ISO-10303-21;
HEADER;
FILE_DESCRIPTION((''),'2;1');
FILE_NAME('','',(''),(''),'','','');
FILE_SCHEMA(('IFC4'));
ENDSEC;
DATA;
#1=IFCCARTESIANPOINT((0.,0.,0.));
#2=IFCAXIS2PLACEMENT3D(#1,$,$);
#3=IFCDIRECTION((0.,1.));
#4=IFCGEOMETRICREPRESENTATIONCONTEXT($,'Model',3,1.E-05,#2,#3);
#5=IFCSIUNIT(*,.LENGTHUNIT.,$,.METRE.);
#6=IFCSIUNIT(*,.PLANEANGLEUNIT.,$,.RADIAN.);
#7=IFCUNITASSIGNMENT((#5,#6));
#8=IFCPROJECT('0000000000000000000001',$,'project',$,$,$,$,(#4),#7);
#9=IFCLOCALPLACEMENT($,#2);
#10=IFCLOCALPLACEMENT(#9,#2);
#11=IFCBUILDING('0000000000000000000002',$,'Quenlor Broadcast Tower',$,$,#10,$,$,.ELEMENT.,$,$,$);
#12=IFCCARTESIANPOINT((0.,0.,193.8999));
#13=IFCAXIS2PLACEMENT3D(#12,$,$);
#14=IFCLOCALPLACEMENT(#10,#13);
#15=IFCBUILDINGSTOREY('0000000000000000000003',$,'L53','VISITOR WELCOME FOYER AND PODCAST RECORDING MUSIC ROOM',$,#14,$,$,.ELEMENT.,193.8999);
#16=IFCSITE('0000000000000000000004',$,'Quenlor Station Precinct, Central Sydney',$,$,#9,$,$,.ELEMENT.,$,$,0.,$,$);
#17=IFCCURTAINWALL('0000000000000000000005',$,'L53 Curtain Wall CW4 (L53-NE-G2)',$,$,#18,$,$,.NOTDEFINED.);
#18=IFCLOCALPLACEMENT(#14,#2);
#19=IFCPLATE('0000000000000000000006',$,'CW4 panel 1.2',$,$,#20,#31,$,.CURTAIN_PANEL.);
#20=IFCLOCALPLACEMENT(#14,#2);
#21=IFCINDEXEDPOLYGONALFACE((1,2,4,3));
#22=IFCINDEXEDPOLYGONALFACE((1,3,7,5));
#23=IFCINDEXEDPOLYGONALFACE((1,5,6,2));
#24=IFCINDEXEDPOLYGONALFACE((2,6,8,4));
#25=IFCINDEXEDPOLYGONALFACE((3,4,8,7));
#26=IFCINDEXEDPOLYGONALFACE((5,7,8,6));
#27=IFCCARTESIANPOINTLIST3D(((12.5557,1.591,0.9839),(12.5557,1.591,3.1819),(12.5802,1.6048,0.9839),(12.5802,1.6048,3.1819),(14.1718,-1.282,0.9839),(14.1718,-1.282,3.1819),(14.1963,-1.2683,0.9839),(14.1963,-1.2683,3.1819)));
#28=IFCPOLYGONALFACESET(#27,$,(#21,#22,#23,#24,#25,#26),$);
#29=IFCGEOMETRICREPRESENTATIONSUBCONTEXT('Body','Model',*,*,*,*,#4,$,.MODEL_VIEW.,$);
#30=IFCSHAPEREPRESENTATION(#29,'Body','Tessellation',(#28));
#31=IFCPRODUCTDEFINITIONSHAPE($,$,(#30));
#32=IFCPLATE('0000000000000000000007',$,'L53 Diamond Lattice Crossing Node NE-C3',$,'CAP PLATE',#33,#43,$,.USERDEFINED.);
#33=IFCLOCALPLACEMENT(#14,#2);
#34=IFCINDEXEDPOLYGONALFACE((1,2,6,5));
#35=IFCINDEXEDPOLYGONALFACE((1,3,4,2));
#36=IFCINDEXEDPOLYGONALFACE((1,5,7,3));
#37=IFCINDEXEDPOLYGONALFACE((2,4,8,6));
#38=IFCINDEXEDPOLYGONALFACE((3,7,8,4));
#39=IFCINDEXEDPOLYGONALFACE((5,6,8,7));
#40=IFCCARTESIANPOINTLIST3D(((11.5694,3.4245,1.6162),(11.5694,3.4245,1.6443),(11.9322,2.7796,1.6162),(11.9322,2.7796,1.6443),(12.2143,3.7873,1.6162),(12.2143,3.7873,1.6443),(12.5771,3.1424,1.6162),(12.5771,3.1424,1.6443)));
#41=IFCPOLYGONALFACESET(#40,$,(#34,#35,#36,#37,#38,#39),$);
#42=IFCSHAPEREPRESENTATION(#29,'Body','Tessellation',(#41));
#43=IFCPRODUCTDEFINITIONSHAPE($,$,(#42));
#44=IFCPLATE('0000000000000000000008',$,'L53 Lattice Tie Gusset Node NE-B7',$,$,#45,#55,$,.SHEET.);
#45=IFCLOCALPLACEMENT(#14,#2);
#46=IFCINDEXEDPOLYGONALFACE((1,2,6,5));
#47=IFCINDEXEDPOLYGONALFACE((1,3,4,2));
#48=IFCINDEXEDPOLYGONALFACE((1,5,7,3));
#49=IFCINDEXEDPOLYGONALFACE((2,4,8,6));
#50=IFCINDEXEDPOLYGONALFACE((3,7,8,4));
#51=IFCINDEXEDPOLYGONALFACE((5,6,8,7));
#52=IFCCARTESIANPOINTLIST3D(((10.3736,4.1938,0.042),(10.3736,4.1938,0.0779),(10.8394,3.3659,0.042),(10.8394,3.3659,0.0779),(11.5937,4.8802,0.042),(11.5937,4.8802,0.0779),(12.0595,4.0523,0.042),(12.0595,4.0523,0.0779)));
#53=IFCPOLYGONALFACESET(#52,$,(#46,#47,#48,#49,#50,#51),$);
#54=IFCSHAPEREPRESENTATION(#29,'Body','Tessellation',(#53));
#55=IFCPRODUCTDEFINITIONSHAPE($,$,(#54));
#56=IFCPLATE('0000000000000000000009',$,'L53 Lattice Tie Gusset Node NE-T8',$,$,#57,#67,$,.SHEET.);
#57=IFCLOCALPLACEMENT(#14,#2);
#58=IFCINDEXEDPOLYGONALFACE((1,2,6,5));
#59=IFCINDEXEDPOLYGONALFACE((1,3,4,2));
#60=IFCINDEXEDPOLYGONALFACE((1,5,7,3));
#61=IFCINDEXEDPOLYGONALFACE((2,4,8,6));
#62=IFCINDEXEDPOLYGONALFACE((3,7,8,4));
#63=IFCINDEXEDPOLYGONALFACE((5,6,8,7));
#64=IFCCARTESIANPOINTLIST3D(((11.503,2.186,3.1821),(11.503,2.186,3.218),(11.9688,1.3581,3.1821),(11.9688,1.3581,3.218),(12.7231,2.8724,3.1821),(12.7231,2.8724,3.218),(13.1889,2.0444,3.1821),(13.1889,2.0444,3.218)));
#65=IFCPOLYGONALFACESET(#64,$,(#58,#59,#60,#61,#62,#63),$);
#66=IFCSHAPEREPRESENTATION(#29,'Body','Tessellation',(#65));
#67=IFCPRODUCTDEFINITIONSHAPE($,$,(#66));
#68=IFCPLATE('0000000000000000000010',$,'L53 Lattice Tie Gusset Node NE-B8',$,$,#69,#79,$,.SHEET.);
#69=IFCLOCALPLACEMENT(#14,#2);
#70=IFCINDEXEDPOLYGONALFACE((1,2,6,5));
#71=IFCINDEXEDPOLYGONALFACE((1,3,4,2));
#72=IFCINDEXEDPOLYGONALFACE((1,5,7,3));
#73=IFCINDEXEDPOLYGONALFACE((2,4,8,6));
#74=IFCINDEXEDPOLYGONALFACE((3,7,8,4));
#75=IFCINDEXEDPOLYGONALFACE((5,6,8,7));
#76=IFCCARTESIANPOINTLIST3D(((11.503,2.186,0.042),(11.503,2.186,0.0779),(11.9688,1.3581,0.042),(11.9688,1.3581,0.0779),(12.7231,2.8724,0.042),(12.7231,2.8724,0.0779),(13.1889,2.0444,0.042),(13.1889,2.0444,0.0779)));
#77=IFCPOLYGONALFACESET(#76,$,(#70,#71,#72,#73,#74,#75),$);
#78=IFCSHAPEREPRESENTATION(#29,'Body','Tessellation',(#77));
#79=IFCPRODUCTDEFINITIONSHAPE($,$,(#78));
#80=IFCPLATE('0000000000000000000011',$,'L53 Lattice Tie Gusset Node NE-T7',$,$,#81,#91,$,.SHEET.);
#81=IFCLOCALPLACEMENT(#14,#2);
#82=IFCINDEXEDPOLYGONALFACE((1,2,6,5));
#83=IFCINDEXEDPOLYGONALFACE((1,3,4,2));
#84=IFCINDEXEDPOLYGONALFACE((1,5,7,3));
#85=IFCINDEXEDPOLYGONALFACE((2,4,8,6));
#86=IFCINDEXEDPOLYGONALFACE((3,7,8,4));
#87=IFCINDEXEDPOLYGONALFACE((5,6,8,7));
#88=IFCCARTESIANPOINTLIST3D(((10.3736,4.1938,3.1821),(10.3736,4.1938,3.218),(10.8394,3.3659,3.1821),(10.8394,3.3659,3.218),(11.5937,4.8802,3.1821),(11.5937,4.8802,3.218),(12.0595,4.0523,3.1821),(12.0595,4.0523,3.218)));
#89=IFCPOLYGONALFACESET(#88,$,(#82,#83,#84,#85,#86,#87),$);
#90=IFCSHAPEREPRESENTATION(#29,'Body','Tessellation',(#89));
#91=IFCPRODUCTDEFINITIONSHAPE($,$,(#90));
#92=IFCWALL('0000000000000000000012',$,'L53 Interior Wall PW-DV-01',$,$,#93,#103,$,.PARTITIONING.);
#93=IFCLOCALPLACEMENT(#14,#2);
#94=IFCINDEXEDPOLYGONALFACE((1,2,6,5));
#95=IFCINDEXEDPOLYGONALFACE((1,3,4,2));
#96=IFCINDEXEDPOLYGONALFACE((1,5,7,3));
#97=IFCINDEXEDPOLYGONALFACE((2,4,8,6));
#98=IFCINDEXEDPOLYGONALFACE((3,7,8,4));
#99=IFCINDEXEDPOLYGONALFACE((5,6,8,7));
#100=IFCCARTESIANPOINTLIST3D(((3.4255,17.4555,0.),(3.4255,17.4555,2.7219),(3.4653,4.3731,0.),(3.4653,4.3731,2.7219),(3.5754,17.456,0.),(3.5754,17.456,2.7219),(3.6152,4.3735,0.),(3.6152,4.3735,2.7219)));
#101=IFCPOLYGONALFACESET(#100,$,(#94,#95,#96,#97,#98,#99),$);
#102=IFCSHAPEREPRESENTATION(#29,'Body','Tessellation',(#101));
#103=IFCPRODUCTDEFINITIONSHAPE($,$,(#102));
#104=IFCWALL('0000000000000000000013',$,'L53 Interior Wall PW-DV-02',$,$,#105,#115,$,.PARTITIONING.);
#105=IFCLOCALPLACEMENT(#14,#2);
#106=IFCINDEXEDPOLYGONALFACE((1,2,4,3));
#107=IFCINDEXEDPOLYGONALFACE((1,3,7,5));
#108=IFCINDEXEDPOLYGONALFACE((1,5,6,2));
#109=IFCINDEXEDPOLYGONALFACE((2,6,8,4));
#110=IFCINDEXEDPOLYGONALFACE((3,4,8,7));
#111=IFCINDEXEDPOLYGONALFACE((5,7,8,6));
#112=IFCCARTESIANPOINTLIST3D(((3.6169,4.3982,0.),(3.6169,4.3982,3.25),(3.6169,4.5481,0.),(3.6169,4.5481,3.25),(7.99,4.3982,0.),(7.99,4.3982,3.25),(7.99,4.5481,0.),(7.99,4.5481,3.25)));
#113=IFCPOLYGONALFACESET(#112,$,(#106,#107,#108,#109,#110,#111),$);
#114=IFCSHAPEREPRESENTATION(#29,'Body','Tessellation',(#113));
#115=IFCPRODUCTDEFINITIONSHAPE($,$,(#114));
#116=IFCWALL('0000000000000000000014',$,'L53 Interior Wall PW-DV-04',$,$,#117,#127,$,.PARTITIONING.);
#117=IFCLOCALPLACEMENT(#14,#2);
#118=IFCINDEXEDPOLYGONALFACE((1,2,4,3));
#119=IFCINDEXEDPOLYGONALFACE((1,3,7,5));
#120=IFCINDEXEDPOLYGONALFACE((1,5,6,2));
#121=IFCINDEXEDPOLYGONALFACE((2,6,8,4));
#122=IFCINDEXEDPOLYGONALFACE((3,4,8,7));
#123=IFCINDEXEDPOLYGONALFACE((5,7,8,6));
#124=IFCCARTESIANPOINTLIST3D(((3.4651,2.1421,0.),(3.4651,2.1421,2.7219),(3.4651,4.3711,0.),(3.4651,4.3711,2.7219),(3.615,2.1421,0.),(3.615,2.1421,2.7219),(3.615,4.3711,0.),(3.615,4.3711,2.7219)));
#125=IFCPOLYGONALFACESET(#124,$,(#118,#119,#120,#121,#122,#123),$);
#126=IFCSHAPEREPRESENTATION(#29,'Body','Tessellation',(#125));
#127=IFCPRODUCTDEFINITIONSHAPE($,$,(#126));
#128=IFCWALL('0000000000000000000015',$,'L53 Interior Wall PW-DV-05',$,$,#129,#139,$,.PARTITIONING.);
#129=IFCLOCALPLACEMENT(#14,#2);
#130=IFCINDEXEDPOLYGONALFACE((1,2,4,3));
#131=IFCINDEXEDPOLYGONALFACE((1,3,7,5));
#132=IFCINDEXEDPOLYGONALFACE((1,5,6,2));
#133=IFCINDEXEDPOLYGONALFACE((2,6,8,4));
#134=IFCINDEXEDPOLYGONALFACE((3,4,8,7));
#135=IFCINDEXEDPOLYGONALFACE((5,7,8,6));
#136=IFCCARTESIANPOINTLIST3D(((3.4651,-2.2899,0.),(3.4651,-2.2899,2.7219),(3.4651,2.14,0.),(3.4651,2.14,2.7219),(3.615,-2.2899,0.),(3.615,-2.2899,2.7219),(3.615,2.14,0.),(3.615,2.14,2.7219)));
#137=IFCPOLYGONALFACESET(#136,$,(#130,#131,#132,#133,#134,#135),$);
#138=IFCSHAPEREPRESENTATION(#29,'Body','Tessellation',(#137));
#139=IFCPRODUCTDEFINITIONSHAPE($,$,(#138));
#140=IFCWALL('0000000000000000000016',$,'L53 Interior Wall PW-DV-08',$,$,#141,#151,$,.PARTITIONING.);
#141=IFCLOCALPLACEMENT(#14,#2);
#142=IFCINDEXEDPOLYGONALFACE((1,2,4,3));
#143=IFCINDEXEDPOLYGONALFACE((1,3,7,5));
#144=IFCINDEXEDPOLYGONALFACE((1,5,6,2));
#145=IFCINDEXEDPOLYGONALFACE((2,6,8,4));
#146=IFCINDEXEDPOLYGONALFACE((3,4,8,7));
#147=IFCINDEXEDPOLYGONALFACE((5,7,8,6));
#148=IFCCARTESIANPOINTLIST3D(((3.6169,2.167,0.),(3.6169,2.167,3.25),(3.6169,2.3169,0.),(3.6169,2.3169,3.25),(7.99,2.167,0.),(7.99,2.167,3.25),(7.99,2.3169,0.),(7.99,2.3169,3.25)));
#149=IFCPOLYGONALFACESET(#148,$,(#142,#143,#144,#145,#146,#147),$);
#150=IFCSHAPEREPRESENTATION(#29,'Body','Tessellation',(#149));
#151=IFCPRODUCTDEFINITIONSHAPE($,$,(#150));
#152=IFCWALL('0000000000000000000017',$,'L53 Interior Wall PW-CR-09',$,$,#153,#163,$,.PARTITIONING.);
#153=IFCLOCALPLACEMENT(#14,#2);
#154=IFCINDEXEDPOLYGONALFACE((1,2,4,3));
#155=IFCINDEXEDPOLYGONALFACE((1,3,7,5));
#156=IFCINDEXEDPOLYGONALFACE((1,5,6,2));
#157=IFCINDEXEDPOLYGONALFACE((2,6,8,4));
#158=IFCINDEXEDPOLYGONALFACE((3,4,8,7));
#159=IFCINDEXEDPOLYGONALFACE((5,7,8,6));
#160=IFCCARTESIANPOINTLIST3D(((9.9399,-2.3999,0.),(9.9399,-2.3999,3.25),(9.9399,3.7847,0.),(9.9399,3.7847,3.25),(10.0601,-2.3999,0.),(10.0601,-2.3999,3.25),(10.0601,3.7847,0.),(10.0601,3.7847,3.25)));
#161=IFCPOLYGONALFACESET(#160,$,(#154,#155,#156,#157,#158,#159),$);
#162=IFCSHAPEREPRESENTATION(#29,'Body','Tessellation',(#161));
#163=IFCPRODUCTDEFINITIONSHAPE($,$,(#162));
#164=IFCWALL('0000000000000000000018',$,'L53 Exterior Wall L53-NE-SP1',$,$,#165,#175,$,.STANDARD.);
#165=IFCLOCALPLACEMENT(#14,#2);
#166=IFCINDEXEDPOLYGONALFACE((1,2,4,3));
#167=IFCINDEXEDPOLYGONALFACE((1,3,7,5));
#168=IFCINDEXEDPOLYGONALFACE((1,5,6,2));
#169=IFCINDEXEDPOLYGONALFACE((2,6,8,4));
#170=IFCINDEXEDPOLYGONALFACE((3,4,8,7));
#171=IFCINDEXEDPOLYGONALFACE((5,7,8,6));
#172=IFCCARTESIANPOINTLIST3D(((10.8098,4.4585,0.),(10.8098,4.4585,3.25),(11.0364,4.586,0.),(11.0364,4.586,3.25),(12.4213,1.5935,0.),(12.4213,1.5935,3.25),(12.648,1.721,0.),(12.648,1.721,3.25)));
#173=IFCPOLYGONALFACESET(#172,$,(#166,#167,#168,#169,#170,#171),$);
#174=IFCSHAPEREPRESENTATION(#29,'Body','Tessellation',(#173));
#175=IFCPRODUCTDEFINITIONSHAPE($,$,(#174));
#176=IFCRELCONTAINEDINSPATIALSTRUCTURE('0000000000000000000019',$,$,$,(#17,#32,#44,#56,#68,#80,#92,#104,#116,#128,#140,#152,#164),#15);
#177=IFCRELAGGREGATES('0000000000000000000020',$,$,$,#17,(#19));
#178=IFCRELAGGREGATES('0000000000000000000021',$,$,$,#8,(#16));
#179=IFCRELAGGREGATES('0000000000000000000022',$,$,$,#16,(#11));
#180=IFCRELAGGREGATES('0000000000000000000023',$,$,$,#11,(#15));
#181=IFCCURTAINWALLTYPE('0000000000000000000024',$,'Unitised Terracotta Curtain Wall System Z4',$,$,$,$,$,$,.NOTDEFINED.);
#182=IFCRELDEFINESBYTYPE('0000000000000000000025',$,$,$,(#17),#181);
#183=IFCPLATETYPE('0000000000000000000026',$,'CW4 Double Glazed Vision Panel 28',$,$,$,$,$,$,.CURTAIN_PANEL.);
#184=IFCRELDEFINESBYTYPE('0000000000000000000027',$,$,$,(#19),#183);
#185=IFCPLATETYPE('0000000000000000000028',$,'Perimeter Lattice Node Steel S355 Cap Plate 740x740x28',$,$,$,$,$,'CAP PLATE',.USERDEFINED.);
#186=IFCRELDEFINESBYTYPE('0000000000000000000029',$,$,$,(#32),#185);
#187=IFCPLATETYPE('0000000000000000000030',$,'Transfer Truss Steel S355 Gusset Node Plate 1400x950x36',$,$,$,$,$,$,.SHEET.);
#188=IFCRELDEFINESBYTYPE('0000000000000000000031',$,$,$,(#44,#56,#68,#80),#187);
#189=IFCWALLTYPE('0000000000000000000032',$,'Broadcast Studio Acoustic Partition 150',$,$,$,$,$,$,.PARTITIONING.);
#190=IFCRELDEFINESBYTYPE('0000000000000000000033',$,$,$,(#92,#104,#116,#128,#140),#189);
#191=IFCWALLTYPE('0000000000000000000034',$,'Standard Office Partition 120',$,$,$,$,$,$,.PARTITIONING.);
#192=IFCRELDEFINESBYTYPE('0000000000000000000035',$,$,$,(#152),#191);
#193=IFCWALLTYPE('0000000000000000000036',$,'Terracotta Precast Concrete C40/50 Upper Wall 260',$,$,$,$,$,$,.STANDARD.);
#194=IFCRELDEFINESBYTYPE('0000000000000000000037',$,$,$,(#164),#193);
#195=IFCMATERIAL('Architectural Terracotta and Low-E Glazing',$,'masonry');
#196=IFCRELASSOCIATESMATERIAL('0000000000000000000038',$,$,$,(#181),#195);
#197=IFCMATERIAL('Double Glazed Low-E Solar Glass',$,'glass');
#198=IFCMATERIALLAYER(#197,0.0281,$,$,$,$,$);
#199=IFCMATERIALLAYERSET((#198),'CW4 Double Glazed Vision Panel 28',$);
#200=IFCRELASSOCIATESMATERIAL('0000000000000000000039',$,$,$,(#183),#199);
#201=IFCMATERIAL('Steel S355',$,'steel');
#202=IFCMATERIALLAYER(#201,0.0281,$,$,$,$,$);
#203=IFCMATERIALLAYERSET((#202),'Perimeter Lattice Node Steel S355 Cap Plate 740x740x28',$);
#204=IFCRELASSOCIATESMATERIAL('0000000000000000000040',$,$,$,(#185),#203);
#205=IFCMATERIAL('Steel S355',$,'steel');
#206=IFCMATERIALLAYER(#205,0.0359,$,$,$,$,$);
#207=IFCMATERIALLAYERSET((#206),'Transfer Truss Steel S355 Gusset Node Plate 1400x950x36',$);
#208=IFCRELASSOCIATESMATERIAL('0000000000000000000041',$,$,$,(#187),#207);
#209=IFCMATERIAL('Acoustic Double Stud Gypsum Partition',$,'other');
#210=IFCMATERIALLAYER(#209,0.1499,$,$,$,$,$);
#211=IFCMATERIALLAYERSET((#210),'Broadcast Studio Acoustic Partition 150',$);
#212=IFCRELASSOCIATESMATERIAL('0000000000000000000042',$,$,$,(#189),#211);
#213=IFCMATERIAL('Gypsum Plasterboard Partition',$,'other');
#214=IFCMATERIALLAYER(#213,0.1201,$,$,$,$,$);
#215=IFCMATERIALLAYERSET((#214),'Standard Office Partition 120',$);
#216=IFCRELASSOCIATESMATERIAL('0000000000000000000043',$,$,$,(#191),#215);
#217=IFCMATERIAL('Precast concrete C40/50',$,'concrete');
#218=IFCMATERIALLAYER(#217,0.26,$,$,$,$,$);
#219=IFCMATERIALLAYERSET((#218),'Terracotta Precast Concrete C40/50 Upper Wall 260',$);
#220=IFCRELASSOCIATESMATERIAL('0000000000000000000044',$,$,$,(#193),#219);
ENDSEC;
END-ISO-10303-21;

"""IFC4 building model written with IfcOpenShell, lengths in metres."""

from ifc_helpers import new_model, si_unit, direction, frame, frame_2d, origin, origin_2d, place, context, subcontext, project, spatial, rectangle, extrude, material, layer, layer_set, type_object, element, aggregate, save


model = new_model("IFC4")

# Units and contexts
model_context = context("Model", 3, precision=1e-05, world=origin(), true_north=direction((0.0, 1.0)))
body_context = subcontext(model_context, "Body", "Model", "MODEL_VIEW")
ifc_project = project(units=[si_unit("LENGTHUNIT", "METRE"), si_unit("PLANEANGLEUNIT", "RADIAN")], contexts=[model_context])

# Site, building, storey
site_placement = place(None, origin())
site = spatial("IfcSite", under=ifc_project, at=site_placement, Name="Quenlor Station Precinct, Central Sydney", CompositionType="ELEMENT", RefElevation=0.0)
building_placement = place(site_placement, origin())
building = spatial("IfcBuilding", under=site, at=building_placement, Name="Quenlor Broadcast Tower", CompositionType="ELEMENT")
storey_placement = place(building_placement, frame((0.0, 0.0, 193.8999)))
storey = spatial("IfcBuildingStorey", under=building, at=storey_placement, Name="L53", Description="VISITOR WELCOME FOYER AND PODCAST RECORDING MUSIC ROOM", CompositionType="ELEMENT", Elevation=193.8999)

# Shared definitions
ifc_material_1 = material(Name="Architectural Terracotta and Low-E Glazing", Category="masonry")
curtain_wall_type = type_object("IfcCurtainWallType", Name="Unitised Terracotta Curtain Wall System Z4", PredefinedType="NOTDEFINED", material=ifc_material_1)

# Curtain wall
curtain_wall_1_placement = place(storey_placement, origin())
curtain_wall_1 = element("IfcCurtainWall", 1, at=curtain_wall_1_placement, inside=storey, type_object=curtain_wall_type, Name="L53 Curtain Wall CW4 (L53-NE-G2)", PredefinedType="NOTDEFINED")

# Plate
ifc_material_2 = material(Name="Double Glazed Low-E Solar Glass", Category="glass")
ifc_layer_1 = layer(ifc_material_2, 0.0281)
ifc_layer_set_1 = layer_set([ifc_layer_1], Name="CW4 Double Glazed Vision Panel 28")
plate_type_1 = type_object("IfcPlateType", Name="CW4 Double Glazed Vision Panel 28", PredefinedType="CURTAIN_PANEL", material=ifc_layer_set_1)
plate_1_placement = place(storey_placement, frame((13.376, 0.1614, 0.9839), z_axis=(0.0, 0.0, 1.0), x_axis=(0.490257, -0.871578, 0.0)))
plate_1 = element("IfcPlate", 2, at=plate_1_placement, type_object=plate_type_1, Name="CW4 panel 1.2", PredefinedType="CURTAIN_PANEL", context=body_context, shape_type="SweptSolid", body=[
    extrude(rectangle(XDim=3.2964, YDim=0.0281, at=origin_2d()), origin(), (0.0, 0.0, 1.0), 2.198),
])
aggregate(curtain_wall_1, [plate_1])

# Plates
ifc_material_3 = material(Name="Steel S355", Category="steel")
ifc_layer_2 = layer(ifc_material_3, 0.0281)
ifc_layer_set_2 = layer_set([ifc_layer_2], Name="Perimeter Lattice Node Steel S355 Cap Plate 740x740x28")
plate_type_2 = type_object("IfcPlateType", Name="Perimeter Lattice Node Steel S355 Cap Plate 740x740x28", ElementType="CAP PLATE", PredefinedType="USERDEFINED", material=ifc_layer_set_2)
plate_2_placement = place(storey_placement, frame((12.0732, 3.2834, 1.6162), z_axis=(0.0, 0.0, 1.0), x_axis=(0.490295, -0.871556, 0.0)))
element("IfcPlate", 3, at=plate_2_placement, inside=storey, type_object=plate_type_2, Name="L53 Diamond Lattice Crossing Node NE-C3", ObjectType="CAP PLATE", PredefinedType="USERDEFINED", context=body_context, shape_type="SweptSolid", body=[
    extrude(rectangle(XDim=0.74, YDim=0.74, at=origin_2d()), origin(), (0.0, 0.0, 1.0), 0.0281),
])
ifc_material_4 = material(Name="Steel S355", Category="steel")
ifc_layer_3 = layer(ifc_material_4, 0.0359)
ifc_layer_set_3 = layer_set([ifc_layer_3], Name="Transfer Truss Steel S355 Gusset Node Plate 1400x950x36")
plate_type_3 = type_object("IfcPlateType", Name="Transfer Truss Steel S355 Gusset Node Plate 1400x950x36", PredefinedType="SHEET", material=ifc_layer_set_3)
for number, where, z_axis, x_axis, name in (
    (4, (11.2166, 4.123, 0.042), (0.0, 0.0, 1.0), (0.871556, 0.490295, 0.0), "L53 Lattice Tie Gusset Node NE-B7"),
    (5, (12.3459, 2.1152, 3.1821), (0.0, 0.0, 1.0), (0.871556, 0.490295, 0.0), "L53 Lattice Tie Gusset Node NE-T8"),
    (6, (12.3459, 2.1152, 0.042), (0.0, 0.0, 1.0), (0.871556, 0.490295, 0.0), "L53 Lattice Tie Gusset Node NE-B8"),
    (7, (11.2166, 4.123, 3.1821), (0.0, 0.0, 1.0), (0.871556, 0.490295, 0.0), "L53 Lattice Tie Gusset Node NE-T7"),
):
    element("IfcPlate", number, at=place(storey_placement, frame(where, z_axis=z_axis, x_axis=x_axis)), inside=storey, type_object=plate_type_3, Name=name, PredefinedType="SHEET", context=body_context, shape_type="SweptSolid", body=[
        extrude(rectangle(XDim=1.3999, YDim=0.95, at=origin_2d()), origin(), (0.0, 0.0, 1.0), 0.0359),
    ])

# Walls
ifc_material_5 = material(Name="Acoustic Double Stud Gypsum Partition", Category="other")
ifc_layer_4 = layer(ifc_material_5, 0.1499)
ifc_layer_set_4 = layer_set([ifc_layer_4], Name="Broadcast Studio Acoustic Partition 150")
wall_type_1 = type_object("IfcWallType", Name="Broadcast Studio Acoustic Partition 150", PredefinedType="PARTITIONING", material=ifc_layer_set_4)
wall_1_placement = place(storey_placement, frame((3.5403, 4.3733, 0.0), z_axis=(0.0, 0.0, 1.0), x_axis=(-0.003042, 0.999995, 0.0)))
element("IfcWall", 8, at=wall_1_placement, inside=storey, type_object=wall_type_1, Name="L53 Interior Wall PW-DV-01", PredefinedType="PARTITIONING", context=body_context, shape_type="SweptSolid", body=[
    extrude(rectangle(XDim=13.0825, YDim=0.1499, at=frame_2d((6.5413, 0.0))), origin(), (0.0, 0.0, 1.0), 2.7219),
])
wall_2_placement = place(storey_placement, frame((7.99, 4.4731, 0.0), z_axis=(0.0, 0.0, 1.0), x_axis=(-1.0, 0.0, 0.0)))
element("IfcWall", 9, at=wall_2_placement, inside=storey, type_object=wall_type_1, Name="L53 Interior Wall PW-DV-02", PredefinedType="PARTITIONING", context=body_context, shape_type="SweptSolid", body=[
    extrude(rectangle(XDim=4.373, YDim=0.1499, at=frame_2d((2.1865, 0.0))), origin(), (0.0, 0.0, 1.0), 3.25),
])
wall_3_placement = place(storey_placement, frame((3.54, 4.3711, 0.0), z_axis=(0.0, 0.0, 1.0), x_axis=(0.0, -1.0, 0.0)))
element("IfcWall", 10, at=wall_3_placement, inside=storey, type_object=wall_type_1, Name="L53 Interior Wall PW-DV-04", PredefinedType="PARTITIONING", context=body_context, shape_type="SweptSolid", body=[
    extrude(rectangle(XDim=2.229, YDim=0.1499, at=frame_2d((1.1145, 0.0))), origin(), (0.0, 0.0, 1.0), 2.7219),
])
wall_4_placement = place(storey_placement, frame((3.54, 2.1399, 0.0), z_axis=(0.0, 0.0, 1.0), x_axis=(0.0, -1.0, 0.0)))
element("IfcWall", 11, at=wall_4_placement, inside=storey, type_object=wall_type_1, Name="L53 Interior Wall PW-DV-05", PredefinedType="PARTITIONING", context=body_context, shape_type="SweptSolid", body=[
    extrude(rectangle(XDim=4.4299, YDim=0.1499, at=frame_2d((2.2148, 0.0))), origin(), (0.0, 0.0, 1.0), 2.7219),
])
wall_5_placement = place(storey_placement, frame((7.99, 2.2419, 0.0), z_axis=(0.0, 0.0, 1.0), x_axis=(-1.0, 0.0, 0.0)))
element("IfcWall", 12, at=wall_5_placement, inside=storey, type_object=wall_type_1, Name="L53 Interior Wall PW-DV-08", PredefinedType="PARTITIONING", context=body_context, shape_type="SweptSolid", body=[
    extrude(rectangle(XDim=4.373, YDim=0.1499, at=frame_2d((2.1865, 0.0))), origin(), (0.0, 0.0, 1.0), 3.25),
])
ifc_material_6 = material(Name="Gypsum Plasterboard Partition", Category="other")
ifc_layer_5 = layer(ifc_material_6, 0.1201)
ifc_layer_set_5 = layer_set([ifc_layer_5], Name="Standard Office Partition 120")
wall_type_2 = type_object("IfcWallType", Name="Standard Office Partition 120", PredefinedType="PARTITIONING", material=ifc_layer_set_5)
wall_6_placement = place(storey_placement, frame((10.0, 3.7847, 0.0), z_axis=(0.0, 0.0, 1.0), x_axis=(0.0, -1.0, 0.0)))
element("IfcWall", 13, at=wall_6_placement, inside=storey, type_object=wall_type_2, Name="L53 Interior Wall PW-CR-09", PredefinedType="PARTITIONING", context=body_context, shape_type="SweptSolid", body=[
    extrude(rectangle(XDim=6.1846, YDim=0.1201, at=frame_2d((3.0923, 0.0))), origin(), (0.0, 0.0, 1.0), 3.25),
])
ifc_material_7 = material(Name="Precast concrete C40/50", Category="concrete")
ifc_layer_6 = layer(ifc_material_7, 0.26)
ifc_layer_set_6 = layer_set([ifc_layer_6], Name="Terracotta Precast Concrete C40/50 Upper Wall 260")
wall_type_3 = type_object("IfcWallType", Name="Terracotta Precast Concrete C40/50 Upper Wall 260", PredefinedType="STANDARD", material=ifc_layer_set_6)
wall_7_placement = place(storey_placement, frame((10.9231, 4.5222, 0.0), z_axis=(0.0, 0.0, 1.0), x_axis=(0.490265, -0.871574, 0.0)))
element("IfcWall", 14, at=wall_7_placement, inside=storey, type_object=wall_type_3, Name="L53 Exterior Wall L53-NE-SP1", PredefinedType="STANDARD", context=body_context, shape_type="SweptSolid", body=[
    extrude(rectangle(XDim=3.2871, YDim=0.26, at=frame_2d((1.6436, 0.0))), origin(), (0.0, 0.0, 1.0), 3.25),
])

save(model, "model.ifc")
